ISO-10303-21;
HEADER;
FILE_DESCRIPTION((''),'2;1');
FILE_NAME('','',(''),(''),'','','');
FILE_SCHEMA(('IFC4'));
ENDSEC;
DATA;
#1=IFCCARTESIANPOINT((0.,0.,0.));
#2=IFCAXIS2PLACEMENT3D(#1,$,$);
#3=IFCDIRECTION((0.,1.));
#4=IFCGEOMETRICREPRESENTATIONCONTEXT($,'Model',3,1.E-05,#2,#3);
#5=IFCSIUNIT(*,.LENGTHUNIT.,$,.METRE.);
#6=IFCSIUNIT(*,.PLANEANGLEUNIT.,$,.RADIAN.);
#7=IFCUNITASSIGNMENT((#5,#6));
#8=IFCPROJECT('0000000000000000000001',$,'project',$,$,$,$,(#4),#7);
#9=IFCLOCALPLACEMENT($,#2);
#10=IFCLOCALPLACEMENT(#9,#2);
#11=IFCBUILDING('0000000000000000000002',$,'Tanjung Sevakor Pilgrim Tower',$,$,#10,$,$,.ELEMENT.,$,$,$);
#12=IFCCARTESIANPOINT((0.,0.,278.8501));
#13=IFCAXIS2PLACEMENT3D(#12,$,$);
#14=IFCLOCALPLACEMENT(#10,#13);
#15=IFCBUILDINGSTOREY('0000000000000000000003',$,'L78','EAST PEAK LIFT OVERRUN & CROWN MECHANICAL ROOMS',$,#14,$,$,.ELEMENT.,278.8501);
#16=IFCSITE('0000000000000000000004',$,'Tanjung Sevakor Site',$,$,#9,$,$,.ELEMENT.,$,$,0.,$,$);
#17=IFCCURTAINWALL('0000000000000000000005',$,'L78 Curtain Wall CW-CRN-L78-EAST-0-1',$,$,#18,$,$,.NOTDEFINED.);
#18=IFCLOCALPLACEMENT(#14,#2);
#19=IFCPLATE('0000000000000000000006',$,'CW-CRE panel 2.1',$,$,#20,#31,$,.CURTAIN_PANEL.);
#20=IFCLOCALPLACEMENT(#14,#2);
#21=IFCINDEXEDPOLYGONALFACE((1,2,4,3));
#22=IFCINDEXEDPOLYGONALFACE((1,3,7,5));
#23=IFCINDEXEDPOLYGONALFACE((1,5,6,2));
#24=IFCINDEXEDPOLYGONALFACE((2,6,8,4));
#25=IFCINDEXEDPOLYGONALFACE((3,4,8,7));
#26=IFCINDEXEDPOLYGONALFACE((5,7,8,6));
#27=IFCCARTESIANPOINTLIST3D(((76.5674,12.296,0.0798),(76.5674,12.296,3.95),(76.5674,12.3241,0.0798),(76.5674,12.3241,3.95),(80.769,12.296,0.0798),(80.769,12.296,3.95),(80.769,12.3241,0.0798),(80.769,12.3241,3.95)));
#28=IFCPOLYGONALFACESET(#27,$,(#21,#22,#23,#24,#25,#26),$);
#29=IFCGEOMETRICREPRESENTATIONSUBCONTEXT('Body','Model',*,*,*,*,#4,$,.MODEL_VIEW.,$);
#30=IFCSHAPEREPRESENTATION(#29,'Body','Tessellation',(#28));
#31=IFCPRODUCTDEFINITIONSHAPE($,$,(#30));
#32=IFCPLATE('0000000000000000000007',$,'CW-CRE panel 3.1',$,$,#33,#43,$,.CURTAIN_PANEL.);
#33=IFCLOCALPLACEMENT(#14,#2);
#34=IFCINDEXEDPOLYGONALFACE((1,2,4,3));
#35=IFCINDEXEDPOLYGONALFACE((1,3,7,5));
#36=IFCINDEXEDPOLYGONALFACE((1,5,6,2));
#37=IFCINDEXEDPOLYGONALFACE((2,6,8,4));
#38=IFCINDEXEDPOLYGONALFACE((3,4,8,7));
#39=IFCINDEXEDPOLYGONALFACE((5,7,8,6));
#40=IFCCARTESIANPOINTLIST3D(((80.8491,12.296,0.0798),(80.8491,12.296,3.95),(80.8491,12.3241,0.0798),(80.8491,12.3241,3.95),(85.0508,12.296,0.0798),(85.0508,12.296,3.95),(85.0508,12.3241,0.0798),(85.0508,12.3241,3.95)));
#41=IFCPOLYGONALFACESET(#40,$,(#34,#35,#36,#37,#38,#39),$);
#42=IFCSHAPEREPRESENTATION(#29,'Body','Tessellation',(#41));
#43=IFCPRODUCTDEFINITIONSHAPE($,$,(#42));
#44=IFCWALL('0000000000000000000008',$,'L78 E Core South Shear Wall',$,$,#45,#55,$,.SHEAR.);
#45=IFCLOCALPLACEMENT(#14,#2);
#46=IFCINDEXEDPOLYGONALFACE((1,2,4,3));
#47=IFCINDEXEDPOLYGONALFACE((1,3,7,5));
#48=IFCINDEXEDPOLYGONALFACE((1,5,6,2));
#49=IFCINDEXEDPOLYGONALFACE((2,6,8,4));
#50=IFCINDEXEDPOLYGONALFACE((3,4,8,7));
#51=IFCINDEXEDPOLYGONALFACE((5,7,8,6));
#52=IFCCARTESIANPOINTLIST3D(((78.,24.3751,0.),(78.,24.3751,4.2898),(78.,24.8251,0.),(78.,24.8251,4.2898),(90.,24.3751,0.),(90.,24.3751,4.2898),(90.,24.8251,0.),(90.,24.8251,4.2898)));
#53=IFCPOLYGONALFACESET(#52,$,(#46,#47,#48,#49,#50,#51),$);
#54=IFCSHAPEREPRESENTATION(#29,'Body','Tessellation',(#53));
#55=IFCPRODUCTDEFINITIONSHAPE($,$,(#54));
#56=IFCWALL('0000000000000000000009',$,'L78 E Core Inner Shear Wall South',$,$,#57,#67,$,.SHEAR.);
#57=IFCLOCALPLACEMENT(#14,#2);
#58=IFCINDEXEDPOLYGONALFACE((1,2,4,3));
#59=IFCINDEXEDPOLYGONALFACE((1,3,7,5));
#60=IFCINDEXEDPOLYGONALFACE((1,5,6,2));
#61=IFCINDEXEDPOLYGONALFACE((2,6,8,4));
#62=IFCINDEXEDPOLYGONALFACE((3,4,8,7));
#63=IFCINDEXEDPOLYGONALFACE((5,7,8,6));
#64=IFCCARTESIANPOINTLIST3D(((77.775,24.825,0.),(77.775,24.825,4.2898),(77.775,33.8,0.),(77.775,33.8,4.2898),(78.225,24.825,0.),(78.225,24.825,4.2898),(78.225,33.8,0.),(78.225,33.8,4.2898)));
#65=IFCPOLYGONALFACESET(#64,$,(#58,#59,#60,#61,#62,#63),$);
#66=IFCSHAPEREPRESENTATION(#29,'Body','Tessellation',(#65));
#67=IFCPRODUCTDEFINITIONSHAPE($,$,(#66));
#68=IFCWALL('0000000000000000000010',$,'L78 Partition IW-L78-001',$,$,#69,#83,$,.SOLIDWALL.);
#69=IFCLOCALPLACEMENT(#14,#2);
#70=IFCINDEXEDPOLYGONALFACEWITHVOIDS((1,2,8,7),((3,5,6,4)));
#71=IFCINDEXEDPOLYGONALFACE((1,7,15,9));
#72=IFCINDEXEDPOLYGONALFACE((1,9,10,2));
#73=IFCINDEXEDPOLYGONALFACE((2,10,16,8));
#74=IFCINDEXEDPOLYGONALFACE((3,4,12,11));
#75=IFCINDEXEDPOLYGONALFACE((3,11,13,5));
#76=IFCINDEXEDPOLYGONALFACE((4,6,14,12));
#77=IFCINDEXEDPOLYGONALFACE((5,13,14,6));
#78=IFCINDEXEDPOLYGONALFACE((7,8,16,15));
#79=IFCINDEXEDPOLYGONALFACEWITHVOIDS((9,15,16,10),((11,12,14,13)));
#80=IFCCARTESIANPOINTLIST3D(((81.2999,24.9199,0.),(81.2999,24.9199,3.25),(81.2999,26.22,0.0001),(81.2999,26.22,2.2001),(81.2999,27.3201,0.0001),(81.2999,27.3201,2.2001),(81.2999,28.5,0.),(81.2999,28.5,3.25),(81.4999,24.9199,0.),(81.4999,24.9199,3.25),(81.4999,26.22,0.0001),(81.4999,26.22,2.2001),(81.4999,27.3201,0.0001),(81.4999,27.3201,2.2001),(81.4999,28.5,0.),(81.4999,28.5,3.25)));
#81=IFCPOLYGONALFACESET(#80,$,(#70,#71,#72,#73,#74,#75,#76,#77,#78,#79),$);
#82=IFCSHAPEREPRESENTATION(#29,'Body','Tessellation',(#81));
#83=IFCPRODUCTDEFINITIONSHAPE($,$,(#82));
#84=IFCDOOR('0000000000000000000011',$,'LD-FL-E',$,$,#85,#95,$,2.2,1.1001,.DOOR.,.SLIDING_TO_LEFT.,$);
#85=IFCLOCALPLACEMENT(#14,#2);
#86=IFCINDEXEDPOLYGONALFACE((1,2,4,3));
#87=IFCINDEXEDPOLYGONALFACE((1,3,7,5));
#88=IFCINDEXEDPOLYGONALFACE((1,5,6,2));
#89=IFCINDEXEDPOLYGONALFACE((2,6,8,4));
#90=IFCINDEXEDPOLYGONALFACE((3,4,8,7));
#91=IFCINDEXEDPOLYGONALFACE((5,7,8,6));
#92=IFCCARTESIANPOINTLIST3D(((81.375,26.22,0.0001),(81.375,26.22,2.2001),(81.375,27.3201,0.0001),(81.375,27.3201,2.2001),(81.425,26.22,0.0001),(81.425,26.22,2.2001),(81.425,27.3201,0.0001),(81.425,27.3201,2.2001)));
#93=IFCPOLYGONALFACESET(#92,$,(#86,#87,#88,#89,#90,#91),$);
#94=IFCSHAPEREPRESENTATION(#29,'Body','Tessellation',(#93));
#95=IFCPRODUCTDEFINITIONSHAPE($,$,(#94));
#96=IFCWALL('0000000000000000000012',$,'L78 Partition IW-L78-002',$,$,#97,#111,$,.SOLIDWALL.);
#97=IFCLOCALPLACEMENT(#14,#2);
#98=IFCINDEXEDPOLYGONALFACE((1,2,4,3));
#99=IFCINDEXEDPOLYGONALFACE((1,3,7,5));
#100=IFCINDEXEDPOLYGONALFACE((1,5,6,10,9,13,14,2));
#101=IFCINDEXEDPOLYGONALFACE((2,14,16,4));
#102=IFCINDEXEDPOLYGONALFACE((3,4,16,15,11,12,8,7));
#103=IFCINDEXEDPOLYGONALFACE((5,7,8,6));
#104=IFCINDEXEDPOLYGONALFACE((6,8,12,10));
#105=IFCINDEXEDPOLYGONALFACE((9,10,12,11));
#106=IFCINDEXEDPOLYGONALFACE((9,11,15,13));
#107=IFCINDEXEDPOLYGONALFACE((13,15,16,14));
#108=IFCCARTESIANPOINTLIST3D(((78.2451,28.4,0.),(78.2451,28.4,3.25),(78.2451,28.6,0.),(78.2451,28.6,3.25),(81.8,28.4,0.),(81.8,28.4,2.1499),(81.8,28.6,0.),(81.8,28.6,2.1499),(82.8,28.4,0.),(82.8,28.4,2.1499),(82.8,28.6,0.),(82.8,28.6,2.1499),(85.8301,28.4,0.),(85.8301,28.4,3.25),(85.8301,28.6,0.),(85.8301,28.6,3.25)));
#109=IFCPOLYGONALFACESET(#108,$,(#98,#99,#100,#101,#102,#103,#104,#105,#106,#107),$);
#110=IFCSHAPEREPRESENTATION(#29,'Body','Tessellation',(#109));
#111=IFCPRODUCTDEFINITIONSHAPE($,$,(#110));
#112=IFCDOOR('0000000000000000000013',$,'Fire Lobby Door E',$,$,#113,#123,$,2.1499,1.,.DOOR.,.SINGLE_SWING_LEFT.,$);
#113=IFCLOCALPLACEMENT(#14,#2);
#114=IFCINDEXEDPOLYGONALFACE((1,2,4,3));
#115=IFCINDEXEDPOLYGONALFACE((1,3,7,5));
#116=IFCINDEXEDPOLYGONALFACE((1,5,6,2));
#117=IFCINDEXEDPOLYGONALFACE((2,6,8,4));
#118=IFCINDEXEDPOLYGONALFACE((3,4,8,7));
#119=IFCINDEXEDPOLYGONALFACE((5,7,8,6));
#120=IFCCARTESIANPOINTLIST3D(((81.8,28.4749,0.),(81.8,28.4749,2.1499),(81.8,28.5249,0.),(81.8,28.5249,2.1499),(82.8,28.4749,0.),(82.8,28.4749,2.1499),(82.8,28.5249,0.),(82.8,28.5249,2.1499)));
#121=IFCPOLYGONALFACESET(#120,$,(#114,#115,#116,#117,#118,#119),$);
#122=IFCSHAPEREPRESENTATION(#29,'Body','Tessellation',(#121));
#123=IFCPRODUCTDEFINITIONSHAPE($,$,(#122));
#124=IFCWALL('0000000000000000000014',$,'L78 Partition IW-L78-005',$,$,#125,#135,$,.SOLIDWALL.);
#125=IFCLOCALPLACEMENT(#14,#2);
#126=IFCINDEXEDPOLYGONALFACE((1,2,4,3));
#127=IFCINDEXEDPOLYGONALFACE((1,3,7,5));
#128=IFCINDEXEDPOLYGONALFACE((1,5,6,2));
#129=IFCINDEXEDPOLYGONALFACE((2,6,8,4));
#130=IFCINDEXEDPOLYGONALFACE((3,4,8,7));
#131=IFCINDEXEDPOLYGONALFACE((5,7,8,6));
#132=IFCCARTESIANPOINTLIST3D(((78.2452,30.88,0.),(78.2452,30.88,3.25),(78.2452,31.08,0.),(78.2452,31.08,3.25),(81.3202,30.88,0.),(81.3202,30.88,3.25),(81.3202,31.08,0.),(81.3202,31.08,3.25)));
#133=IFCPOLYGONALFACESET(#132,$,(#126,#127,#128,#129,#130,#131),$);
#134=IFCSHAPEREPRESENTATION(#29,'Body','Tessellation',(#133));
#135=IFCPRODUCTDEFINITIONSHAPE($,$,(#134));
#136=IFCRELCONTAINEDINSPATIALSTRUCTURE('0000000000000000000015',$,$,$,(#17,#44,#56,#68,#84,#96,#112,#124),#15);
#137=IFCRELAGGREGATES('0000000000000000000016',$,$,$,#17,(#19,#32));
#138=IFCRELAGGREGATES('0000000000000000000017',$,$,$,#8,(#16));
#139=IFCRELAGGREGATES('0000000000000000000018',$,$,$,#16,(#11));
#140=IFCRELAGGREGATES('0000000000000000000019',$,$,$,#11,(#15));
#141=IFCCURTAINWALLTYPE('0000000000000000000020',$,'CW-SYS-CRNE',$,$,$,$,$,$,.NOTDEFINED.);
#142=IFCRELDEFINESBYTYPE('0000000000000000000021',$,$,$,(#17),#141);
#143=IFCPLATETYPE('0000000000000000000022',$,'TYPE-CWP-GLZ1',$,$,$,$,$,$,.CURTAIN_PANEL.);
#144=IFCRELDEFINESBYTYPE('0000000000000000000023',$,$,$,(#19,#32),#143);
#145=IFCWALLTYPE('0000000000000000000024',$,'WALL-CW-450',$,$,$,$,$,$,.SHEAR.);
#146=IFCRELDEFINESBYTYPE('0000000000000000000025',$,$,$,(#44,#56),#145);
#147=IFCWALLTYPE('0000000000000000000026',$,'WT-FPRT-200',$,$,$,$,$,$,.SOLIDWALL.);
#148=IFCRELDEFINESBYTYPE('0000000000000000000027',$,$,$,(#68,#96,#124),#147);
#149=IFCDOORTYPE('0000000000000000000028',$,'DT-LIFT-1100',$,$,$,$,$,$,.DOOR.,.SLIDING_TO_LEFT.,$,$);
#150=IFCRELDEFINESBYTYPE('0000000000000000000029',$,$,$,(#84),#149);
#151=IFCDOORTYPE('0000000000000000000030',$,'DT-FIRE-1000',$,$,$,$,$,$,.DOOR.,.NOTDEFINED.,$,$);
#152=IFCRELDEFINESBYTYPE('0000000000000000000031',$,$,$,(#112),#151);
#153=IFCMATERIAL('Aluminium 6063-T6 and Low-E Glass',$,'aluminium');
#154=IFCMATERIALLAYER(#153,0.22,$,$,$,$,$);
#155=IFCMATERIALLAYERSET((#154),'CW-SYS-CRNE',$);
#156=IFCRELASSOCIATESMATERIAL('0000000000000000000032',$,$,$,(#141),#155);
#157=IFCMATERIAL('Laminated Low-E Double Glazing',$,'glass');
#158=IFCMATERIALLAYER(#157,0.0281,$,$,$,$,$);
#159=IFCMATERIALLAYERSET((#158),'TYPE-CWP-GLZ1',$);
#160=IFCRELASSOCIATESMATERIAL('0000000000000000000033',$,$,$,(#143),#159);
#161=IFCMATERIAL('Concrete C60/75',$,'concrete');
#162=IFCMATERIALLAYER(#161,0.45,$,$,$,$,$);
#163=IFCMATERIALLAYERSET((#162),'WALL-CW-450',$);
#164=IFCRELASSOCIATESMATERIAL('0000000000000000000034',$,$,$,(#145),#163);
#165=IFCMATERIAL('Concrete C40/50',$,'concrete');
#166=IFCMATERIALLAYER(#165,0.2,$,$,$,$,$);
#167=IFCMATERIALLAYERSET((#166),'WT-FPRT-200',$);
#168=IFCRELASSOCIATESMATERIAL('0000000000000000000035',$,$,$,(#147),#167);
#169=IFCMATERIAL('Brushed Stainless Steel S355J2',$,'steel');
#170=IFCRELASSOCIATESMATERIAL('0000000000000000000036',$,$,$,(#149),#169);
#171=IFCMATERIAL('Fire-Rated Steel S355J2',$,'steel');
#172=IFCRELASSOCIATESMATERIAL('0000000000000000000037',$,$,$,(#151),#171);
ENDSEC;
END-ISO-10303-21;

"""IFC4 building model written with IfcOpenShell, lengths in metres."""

from ifc_helpers import new_model, si_unit, direction, frame, frame_2d, origin, origin_2d, place, context, subcontext, project, spatial, rectangle, extrude, material, layer, layer_set, type_object, element, fill, aggregate, save


model = new_model("IFC4")

# Units and contexts
model_context = context("Model", 3, precision=1e-05, world=origin(), true_north=direction((0.0, 1.0)))
body_context = subcontext(model_context, "Body", "Model", "MODEL_VIEW")
ifc_project = project(units=[si_unit("LENGTHUNIT", "METRE"), si_unit("PLANEANGLEUNIT", "RADIAN")], contexts=[model_context])

# Site, building, storey
site_placement = place(None, origin())
site = spatial("IfcSite", under=ifc_project, at=site_placement, Name="Tanjung Sevakor Site", CompositionType="ELEMENT", RefElevation=0.0)
building_placement = place(site_placement, origin())
building = spatial("IfcBuilding", under=site, at=building_placement, Name="Tanjung Sevakor Pilgrim Tower", CompositionType="ELEMENT")
storey_placement = place(building_placement, frame((0.0, 0.0, 278.8501)))
storey = spatial("IfcBuildingStorey", under=building, at=storey_placement, Name="L78", Description="EAST PEAK LIFT OVERRUN & CROWN MECHANICAL ROOMS", CompositionType="ELEMENT", Elevation=278.8501)

# Curtain wall, plates
ifc_material_1 = material(Name="Aluminium 6063-T6 and Low-E Glass", Category="aluminium")
ifc_layer_1 = layer(ifc_material_1, 0.22)
ifc_layer_set_1 = layer_set([ifc_layer_1], Name="CW-SYS-CRNE")
curtain_wall_type = type_object("IfcCurtainWallType", Name="CW-SYS-CRNE", PredefinedType="NOTDEFINED", material=ifc_layer_set_1)
curtain_wall_placement = place(storey_placement, origin())
curtain_wall = element("IfcCurtainWall", 1, at=curtain_wall_placement, inside=storey, type_object=curtain_wall_type, Name="L78 Curtain Wall CW-CRN-L78-EAST-0-1", PredefinedType="NOTDEFINED")
ifc_material_2 = material(Name="Laminated Low-E Double Glazing", Category="glass")
ifc_layer_2 = layer(ifc_material_2, 0.0281)
ifc_layer_set_2 = layer_set([ifc_layer_2], Name="TYPE-CWP-GLZ1")
plate_type = type_object("IfcPlateType", Name="TYPE-CWP-GLZ1", PredefinedType="CURTAIN_PANEL", material=ifc_layer_set_2)
plate_1_placement = place(storey_placement, frame((78.6682, 12.3101, 0.0798), z_axis=(0.0, 0.0, 1.0), x_axis=(1.0, 0.0, 0.0)))
plate_1 = element("IfcPlate", 2, at=plate_1_placement, type_object=plate_type, Name="CW-CRE panel 2.1", PredefinedType="CURTAIN_PANEL", context=body_context, shape_type="SweptSolid", body=[
    extrude(rectangle(XDim=4.2017, YDim=0.0281, at=origin_2d()), origin(), (0.0, 0.0, 1.0), 3.8701),
])
plate_2_placement = place(storey_placement, frame((82.95, 12.3101, 0.0798), z_axis=(0.0, 0.0, 1.0), x_axis=(1.0, 0.0, 0.0)))
plate_2 = element("IfcPlate", 3, at=plate_2_placement, type_object=plate_type, Name="CW-CRE panel 3.1", PredefinedType="CURTAIN_PANEL", context=body_context, shape_type="SweptSolid", body=[
    extrude(rectangle(XDim=4.2017, YDim=0.0281, at=origin_2d()), origin(), (0.0, 0.0, 1.0), 3.8701),
])
aggregate(curtain_wall, [plate_1, plate_2])

# Walls
ifc_material_3 = material(Name="Concrete C60/75", Category="concrete")
ifc_layer_3 = layer(ifc_material_3, 0.45)
ifc_layer_set_3 = layer_set([ifc_layer_3], Name="WALL-CW-450")
wall_type_1 = type_object("IfcWallType", Name="WALL-CW-450", PredefinedType="SHEAR", material=ifc_layer_set_3)
wall_1_placement = place(storey_placement, frame((78.0, 24.6001, 0.0), z_axis=(0.0, 0.0, 1.0), x_axis=(1.0, 0.0, 0.0)))
element("IfcWall", 4, at=wall_1_placement, inside=storey, type_object=wall_type_1, Name="L78 E Core South Shear Wall", PredefinedType="SHEAR", context=body_context, shape_type="SweptSolid", body=[
    extrude(rectangle(XDim=12.0, YDim=0.45, at=frame_2d((6.0, 0.0))), origin(), (0.0, 0.0, 1.0), 4.2898),
])
wall_2_placement = place(storey_placement, frame((78.0, 24.825, 0.0), z_axis=(0.0, 0.0, 1.0), x_axis=(0.0, 1.0, 0.0)))
element("IfcWall", 5, at=wall_2_placement, inside=storey, type_object=wall_type_1, Name="L78 E Core Inner Shear Wall South", PredefinedType="SHEAR", context=body_context, shape_type="SweptSolid", body=[
    extrude(rectangle(XDim=8.9751, YDim=0.45, at=frame_2d((4.4875, 0.0))), origin(), (0.0, 0.0, 1.0), 4.2898),
])

# Walls, openings, doors
ifc_material_4 = material(Name="Concrete C40/50", Category="concrete")
ifc_layer_4 = layer(ifc_material_4, 0.2)
ifc_layer_set_4 = layer_set([ifc_layer_4], Name="WT-FPRT-200")
wall_type_2 = type_object("IfcWallType", Name="WT-FPRT-200", PredefinedType="SOLIDWALL", material=ifc_layer_set_4)
wall_3_placement = place(storey_placement, frame((81.3999, 24.9199, 0.0), z_axis=(0.0, 0.0, 1.0), x_axis=(0.0, 1.0, 0.0)))
wall_3 = element("IfcWall", 6, at=wall_3_placement, inside=storey, type_object=wall_type_2, Name="L78 Partition IW-L78-001", PredefinedType="SOLIDWALL", context=body_context, shape_type="SweptSolid", body=[
    extrude(rectangle(XDim=3.5801, YDim=0.2, at=frame_2d((1.79, 0.0))), origin(), (0.0, 0.0, 1.0), 3.25),
])
opening_1_placement = place(wall_3_placement, frame((1.3, 0.0, 0.0)))
opening_1 = element("IfcOpeningElement", 7, at=opening_1_placement, cuts=wall_3, PredefinedType="OPENING", context=body_context, shape_type="SweptSolid", body=[
    extrude(rectangle(XDim=1.1001, YDim=2.2, at=frame_2d((0.55, 1.1001))), frame((0.0, 0.1099, 0.0), z_axis=(0.0, -1.0, 0.0), x_axis=(1.0, 0.0, 0.0)), (0.0, 0.0, 1.0), 0.22),
])
ifc_material_5 = material(Name="Brushed Stainless Steel S355J2", Category="steel")
door_type_1 = type_object("IfcDoorType", Name="DT-LIFT-1100", OperationType="SLIDING_TO_LEFT", PredefinedType="DOOR", material=ifc_material_5)
door_1_placement = place(opening_1_placement, origin())
door_1 = element("IfcDoor", 8, at=door_1_placement, inside=storey, type_object=door_type_1, Name="LD-FL-E", OperationType="SLIDING_TO_LEFT", OverallHeight=2.2, OverallWidth=1.1001, PredefinedType="DOOR", context=body_context, shape_type="SweptSolid", body=[
    extrude(rectangle(XDim=1.1001, YDim=2.2, at=frame_2d((0.55, 1.1001))), frame((0.0, 0.0249, 0.0), z_axis=(0.0, -1.0, 0.0), x_axis=(1.0, 0.0, 0.0)), (0.0, 0.0, 1.0), 0.05),
])
fill(opening_1, door_1)
wall_4_placement = place(storey_placement, frame((78.2451, 28.5, 0.0), z_axis=(0.0, 0.0, 1.0), x_axis=(1.0, 0.0, 0.0)))
wall_4 = element("IfcWall", 9, at=wall_4_placement, inside=storey, type_object=wall_type_2, Name="L78 Partition IW-L78-002", PredefinedType="SOLIDWALL", context=body_context, shape_type="SweptSolid", body=[
    extrude(rectangle(XDim=7.585, YDim=0.2, at=frame_2d((3.7925, 0.0))), origin(), (0.0, 0.0, 1.0), 3.25),
])
opening_2_placement = place(wall_4_placement, frame((3.5549, 0.0, 0.0)))
opening_2 = element("IfcOpeningElement", 10, at=opening_2_placement, cuts=wall_4, PredefinedType="OPENING", context=body_context, shape_type="SweptSolid", body=[
    extrude(rectangle(XDim=1.0, YDim=2.1499, at=frame_2d((0.5, 1.075))), frame((0.0, 0.1099, 0.0), z_axis=(0.0, -1.0, 0.0), x_axis=(1.0, 0.0, 0.0)), (0.0, 0.0, 1.0), 0.22),
])
ifc_material_6 = material(Name="Fire-Rated Steel S355J2", Category="steel")
door_type_2 = type_object("IfcDoorType", Name="DT-FIRE-1000", OperationType="NOTDEFINED", PredefinedType="DOOR", material=ifc_material_6)
door_2_placement = place(opening_2_placement, origin())
door_2 = element("IfcDoor", 11, at=door_2_placement, inside=storey, type_object=door_type_2, Name="Fire Lobby Door E", OperationType="SINGLE_SWING_LEFT", OverallHeight=2.1499, OverallWidth=1.0, PredefinedType="DOOR", context=body_context, shape_type="SweptSolid", body=[
    extrude(rectangle(XDim=1.0, YDim=2.1499, at=frame_2d((0.5, 1.075))), frame((0.0, 0.0249, 0.0), z_axis=(0.0, -1.0, 0.0), x_axis=(1.0, 0.0, 0.0)), (0.0, 0.0, 1.0), 0.05),
])
fill(opening_2, door_2)

# Wall
wall_5_placement = place(storey_placement, frame((78.2451, 30.98, 0.0), z_axis=(0.0, 0.0, 1.0), x_axis=(1.0, 0.0, 0.0)))
element("IfcWall", 12, at=wall_5_placement, inside=storey, type_object=wall_type_2, Name="L78 Partition IW-L78-005", PredefinedType="SOLIDWALL", context=body_context, shape_type="SweptSolid", body=[
    extrude(rectangle(XDim=3.075, YDim=0.2, at=frame_2d((1.5376, 0.0))), origin(), (0.0, 0.0, 1.0), 3.25),
])

save(model, "model.ifc")
